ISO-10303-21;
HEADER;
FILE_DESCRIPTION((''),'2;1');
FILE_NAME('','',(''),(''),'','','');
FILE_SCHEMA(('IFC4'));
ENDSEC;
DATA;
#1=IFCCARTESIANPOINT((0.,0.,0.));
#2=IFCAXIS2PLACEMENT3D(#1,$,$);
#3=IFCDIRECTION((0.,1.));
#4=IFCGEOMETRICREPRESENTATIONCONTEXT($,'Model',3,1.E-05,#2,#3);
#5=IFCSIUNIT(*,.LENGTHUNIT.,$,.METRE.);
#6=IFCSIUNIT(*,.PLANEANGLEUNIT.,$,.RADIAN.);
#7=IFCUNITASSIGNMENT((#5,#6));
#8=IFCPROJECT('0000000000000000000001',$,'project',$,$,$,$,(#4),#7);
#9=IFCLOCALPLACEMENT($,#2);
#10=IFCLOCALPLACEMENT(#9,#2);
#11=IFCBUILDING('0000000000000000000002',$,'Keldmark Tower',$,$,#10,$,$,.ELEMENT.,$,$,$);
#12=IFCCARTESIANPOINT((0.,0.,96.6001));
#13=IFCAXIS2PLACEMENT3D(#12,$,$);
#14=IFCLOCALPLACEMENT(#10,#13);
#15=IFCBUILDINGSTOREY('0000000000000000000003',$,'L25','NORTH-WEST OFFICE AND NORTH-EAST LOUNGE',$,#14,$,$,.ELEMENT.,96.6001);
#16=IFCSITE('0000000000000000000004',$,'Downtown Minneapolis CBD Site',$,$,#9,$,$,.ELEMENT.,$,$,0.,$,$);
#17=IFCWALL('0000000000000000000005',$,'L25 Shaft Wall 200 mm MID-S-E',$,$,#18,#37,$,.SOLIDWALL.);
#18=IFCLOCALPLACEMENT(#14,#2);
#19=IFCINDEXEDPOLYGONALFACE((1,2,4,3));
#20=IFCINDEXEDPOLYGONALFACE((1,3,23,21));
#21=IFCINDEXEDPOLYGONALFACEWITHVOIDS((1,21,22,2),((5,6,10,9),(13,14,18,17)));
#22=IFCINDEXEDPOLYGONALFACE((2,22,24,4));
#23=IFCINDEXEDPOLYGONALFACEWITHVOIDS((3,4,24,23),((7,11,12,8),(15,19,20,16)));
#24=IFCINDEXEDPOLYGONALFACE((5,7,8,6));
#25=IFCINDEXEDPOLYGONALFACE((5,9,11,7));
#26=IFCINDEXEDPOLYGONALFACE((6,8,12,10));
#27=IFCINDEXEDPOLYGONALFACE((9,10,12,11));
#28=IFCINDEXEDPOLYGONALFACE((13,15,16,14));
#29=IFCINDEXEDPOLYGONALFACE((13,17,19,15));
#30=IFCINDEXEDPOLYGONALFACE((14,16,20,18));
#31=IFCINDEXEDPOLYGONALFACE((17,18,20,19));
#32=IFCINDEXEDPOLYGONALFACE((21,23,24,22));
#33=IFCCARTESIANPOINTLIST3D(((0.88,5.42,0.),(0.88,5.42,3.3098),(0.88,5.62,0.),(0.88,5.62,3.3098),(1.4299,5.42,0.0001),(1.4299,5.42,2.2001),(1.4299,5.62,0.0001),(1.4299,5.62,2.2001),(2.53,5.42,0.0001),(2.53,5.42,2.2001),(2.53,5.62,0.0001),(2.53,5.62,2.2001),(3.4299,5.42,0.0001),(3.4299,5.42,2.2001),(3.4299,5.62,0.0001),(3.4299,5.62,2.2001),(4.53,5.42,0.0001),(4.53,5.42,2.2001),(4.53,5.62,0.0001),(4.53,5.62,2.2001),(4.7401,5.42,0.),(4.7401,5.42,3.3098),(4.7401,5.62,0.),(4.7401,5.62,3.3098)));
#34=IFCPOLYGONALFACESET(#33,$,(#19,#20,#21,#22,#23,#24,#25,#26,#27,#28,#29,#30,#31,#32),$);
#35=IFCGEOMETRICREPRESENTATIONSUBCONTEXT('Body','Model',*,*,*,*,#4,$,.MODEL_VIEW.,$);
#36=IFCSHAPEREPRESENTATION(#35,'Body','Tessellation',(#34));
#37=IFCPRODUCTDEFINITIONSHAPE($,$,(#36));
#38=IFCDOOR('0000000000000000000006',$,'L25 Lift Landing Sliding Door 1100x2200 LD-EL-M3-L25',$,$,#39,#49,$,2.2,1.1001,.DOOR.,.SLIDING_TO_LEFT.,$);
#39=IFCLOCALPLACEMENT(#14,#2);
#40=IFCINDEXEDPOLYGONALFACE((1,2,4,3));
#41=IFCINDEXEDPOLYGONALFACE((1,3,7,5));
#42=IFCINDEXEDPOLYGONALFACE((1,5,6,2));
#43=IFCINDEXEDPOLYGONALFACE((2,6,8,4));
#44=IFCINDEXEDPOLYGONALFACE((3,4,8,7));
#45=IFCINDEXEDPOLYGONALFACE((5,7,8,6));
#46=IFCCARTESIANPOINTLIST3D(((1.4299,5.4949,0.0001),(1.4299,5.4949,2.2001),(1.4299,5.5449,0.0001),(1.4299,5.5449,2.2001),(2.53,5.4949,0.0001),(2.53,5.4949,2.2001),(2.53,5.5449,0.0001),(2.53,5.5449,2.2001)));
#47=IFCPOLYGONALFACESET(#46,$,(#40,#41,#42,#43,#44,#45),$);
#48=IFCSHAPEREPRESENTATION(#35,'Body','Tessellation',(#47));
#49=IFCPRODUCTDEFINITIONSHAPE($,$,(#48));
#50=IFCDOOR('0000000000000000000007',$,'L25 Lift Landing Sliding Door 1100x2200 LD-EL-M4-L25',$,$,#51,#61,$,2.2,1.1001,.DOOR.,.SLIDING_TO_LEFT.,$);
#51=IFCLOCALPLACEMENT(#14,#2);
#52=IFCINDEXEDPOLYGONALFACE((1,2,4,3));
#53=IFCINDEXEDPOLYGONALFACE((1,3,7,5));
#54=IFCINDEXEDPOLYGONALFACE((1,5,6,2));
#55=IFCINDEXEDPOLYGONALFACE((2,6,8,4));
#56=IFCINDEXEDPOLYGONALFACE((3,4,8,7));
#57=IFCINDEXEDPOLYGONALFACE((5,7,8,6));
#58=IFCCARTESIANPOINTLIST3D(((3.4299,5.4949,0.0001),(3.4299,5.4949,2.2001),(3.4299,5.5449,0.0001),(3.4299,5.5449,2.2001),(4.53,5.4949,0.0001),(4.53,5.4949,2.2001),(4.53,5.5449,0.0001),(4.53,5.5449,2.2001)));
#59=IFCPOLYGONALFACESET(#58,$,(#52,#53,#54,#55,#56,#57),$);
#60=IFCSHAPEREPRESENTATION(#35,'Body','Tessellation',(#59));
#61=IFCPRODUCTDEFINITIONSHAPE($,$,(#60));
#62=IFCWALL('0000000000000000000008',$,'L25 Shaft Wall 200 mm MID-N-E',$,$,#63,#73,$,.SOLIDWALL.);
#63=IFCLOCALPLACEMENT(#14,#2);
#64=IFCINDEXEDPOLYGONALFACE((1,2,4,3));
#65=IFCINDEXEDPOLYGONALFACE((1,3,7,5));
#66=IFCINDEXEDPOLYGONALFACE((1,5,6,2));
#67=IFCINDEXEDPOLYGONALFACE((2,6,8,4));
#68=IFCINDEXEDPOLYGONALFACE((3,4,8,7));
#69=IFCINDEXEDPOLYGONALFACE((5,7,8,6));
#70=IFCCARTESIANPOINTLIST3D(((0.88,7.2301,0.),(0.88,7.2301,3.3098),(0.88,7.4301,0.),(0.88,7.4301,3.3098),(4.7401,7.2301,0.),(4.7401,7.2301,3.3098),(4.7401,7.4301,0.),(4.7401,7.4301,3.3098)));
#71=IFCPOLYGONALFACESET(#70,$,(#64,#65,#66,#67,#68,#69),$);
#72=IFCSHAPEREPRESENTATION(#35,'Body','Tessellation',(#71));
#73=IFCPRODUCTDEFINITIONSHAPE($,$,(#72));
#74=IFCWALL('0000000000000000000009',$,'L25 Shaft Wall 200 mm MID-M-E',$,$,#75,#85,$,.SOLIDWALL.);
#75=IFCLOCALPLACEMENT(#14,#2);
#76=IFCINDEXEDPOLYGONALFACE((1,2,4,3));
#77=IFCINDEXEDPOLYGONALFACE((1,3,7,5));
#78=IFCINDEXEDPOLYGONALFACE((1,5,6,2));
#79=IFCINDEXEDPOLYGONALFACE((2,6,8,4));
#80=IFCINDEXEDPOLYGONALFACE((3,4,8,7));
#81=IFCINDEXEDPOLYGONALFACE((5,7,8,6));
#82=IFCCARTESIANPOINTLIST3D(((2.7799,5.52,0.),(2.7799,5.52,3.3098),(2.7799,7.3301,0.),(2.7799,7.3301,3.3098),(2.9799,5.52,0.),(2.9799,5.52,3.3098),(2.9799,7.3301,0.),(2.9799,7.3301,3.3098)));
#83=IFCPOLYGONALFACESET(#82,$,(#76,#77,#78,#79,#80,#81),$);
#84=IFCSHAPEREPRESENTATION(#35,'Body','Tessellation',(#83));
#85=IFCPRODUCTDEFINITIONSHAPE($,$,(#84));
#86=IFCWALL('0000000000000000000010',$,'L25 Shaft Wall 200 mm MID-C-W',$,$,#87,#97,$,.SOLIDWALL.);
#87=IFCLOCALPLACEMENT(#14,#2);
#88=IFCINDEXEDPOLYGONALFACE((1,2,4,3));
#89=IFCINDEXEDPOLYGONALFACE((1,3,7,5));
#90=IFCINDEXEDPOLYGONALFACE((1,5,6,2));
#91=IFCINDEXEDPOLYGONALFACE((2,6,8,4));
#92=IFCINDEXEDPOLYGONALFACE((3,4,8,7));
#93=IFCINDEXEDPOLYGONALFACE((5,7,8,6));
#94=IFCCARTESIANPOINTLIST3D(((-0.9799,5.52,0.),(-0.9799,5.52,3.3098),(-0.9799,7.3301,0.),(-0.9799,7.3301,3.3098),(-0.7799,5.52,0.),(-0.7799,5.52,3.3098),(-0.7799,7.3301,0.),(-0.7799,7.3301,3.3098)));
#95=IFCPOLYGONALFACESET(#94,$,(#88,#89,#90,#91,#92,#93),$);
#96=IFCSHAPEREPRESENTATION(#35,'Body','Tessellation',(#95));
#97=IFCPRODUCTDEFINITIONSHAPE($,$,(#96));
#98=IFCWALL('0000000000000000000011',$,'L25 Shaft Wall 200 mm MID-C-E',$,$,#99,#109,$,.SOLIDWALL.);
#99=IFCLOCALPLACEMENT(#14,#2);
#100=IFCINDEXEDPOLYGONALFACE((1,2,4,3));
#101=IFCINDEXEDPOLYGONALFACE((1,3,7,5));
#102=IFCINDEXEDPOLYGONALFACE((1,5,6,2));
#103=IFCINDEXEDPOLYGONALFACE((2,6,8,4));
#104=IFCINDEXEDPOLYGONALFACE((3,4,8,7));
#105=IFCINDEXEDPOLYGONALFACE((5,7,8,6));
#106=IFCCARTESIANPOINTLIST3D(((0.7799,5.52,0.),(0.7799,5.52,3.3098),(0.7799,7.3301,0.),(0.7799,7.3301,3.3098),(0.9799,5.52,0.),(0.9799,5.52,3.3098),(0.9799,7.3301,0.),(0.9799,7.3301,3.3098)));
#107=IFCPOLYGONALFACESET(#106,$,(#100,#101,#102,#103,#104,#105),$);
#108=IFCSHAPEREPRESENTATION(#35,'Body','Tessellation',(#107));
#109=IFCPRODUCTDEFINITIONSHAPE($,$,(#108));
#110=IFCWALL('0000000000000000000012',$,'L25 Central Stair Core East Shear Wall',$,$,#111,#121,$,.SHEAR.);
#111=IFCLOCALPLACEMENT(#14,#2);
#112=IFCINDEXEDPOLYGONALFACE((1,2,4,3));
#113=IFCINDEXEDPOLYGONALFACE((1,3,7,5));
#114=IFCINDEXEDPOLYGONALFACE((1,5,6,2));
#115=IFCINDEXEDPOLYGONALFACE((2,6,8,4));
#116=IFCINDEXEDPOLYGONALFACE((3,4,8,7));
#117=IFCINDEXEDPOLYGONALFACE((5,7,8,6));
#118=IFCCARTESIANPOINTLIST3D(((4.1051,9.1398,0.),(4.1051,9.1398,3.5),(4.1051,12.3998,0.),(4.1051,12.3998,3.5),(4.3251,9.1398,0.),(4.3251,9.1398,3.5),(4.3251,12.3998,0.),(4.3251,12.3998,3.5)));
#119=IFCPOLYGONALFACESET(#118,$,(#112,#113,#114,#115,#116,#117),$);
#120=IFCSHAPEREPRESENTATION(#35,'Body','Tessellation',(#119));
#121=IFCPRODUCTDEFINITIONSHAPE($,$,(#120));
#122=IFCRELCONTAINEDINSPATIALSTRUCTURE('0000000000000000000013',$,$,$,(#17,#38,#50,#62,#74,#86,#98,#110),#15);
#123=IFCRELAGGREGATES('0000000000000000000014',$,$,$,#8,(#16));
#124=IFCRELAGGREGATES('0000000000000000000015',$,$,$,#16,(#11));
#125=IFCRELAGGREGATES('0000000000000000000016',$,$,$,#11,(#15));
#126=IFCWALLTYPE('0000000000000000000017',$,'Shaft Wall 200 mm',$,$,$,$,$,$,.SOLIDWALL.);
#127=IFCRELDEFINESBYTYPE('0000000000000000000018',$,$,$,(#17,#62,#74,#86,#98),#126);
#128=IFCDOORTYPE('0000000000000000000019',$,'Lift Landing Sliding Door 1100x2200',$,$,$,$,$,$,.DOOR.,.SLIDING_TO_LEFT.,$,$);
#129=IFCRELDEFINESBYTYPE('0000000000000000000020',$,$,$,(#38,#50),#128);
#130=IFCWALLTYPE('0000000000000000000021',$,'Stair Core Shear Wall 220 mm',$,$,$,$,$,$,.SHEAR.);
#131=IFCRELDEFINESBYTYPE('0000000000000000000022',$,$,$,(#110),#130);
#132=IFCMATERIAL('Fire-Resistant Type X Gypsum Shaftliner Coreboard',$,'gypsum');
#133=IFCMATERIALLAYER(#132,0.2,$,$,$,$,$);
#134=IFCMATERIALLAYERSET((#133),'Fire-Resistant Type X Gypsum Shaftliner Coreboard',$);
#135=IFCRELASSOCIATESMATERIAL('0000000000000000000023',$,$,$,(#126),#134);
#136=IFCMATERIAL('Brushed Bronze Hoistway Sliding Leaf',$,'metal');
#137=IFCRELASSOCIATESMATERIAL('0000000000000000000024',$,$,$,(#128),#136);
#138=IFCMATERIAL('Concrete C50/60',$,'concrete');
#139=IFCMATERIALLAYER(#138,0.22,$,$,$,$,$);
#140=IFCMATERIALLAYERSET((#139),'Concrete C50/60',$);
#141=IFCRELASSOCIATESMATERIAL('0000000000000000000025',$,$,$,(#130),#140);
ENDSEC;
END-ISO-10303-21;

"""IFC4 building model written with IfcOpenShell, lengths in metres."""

from ifc_helpers import new_model, si_unit, direction, frame, frame_2d, origin, place, context, subcontext, project, spatial, rectangle, extrude, material, layer, layer_set, type_object, element, fill, save


model = new_model("IFC4")

# Units and contexts
model_context = context("Model", 3, precision=1e-05, world=origin(), true_north=direction((0.0, 1.0)))
body_context = subcontext(model_context, "Body", "Model", "MODEL_VIEW")
ifc_project = project(units=[si_unit("LENGTHUNIT", "METRE"), si_unit("PLANEANGLEUNIT", "RADIAN")], contexts=[model_context])

# Site, building, storey
site_placement = place(None, origin())
site = spatial("IfcSite", under=ifc_project, at=site_placement, Name="Downtown Minneapolis CBD Site", CompositionType="ELEMENT", RefElevation=0.0)
building_placement = place(site_placement, origin())
building = spatial("IfcBuilding", under=site, at=building_placement, Name="Keldmark Tower", CompositionType="ELEMENT")
storey_placement = place(building_placement, frame((0.0, 0.0, 96.6001)))
storey = spatial("IfcBuildingStorey", under=building, at=storey_placement, Name="L25", Description="NORTH-WEST OFFICE AND NORTH-EAST LOUNGE", CompositionType="ELEMENT", Elevation=96.6001)

# Wall, openings, doors
ifc_material_1 = material(Name="Fire-Resistant Type X Gypsum Shaftliner Coreboard", Category="gypsum")
ifc_layer_1 = layer(ifc_material_1, 0.2)
ifc_layer_set_1 = layer_set([ifc_layer_1], Name="Fire-Resistant Type X Gypsum Shaftliner Coreboard")
wall_type_1 = type_object("IfcWallType", Name="Shaft Wall 200 mm", PredefinedType="SOLIDWALL", material=ifc_layer_set_1)
wall_1_placement = place(storey_placement, frame((0.8799, 5.52, 0.0), z_axis=(0.0, 0.0, 1.0), x_axis=(1.0, 0.0, 0.0)))
wall_1 = element("IfcWall", 1, at=wall_1_placement, inside=storey, type_object=wall_type_1, Name="L25 Shaft Wall 200 mm MID-S-E", PredefinedType="SOLIDWALL", context=body_context, shape_type="SweptSolid", body=[
    extrude(rectangle(XDim=3.8601, YDim=0.2, at=frame_2d((1.9302, 0.0))), origin(), (0.0, 0.0, 1.0), 3.3098),
])
opening_1_placement = place(wall_1_placement, frame((0.55, 0.0, 0.0)))
opening_1 = element("IfcOpeningElement", 2, at=opening_1_placement, cuts=wall_1, PredefinedType="OPENING", context=body_context, shape_type="SweptSolid", body=[
    extrude(rectangle(XDim=1.1001, YDim=2.2, at=frame_2d((0.55, 1.1001))), frame((0.0, 0.1099, 0.0), z_axis=(0.0, -1.0, 0.0), x_axis=(1.0, 0.0, 0.0)), (0.0, 0.0, 1.0), 0.22),
])
opening_2_placement = place(wall_1_placement, frame((2.55, 0.0, 0.0)))
opening_2 = element("IfcOpeningElement", 3, at=opening_2_placement, cuts=wall_1, PredefinedType="OPENING", context=body_context, shape_type="SweptSolid", body=[
    extrude(rectangle(XDim=1.1001, YDim=2.2, at=frame_2d((0.55, 1.1001))), frame((0.0, 0.1099, 0.0), z_axis=(0.0, -1.0, 0.0), x_axis=(1.0, 0.0, 0.0)), (0.0, 0.0, 1.0), 0.22),
])
ifc_material_2 = material(Name="Brushed Bronze Hoistway Sliding Leaf", Category="metal")
door_type_1 = type_object("IfcDoorType", Name="Lift Landing Sliding Door 1100x2200", OperationType="SLIDING_TO_LEFT", PredefinedType="DOOR", material=ifc_material_2)
door_1_placement = place(opening_1_placement, origin())
door_1 = element("IfcDoor", 4, at=door_1_placement, inside=storey, type_object=door_type_1, Name="L25 Lift Landing Sliding Door 1100x2200 LD-EL-M3-L25", OperationType="SLIDING_TO_LEFT", OverallHeight=2.2, OverallWidth=1.1001, PredefinedType="DOOR", context=body_context, shape_type="SweptSolid", body=[
    extrude(rectangle(XDim=1.1001, YDim=2.2, at=frame_2d((0.55, 1.1001))), frame((0.0, 0.0249, 0.0), z_axis=(0.0, -1.0, 0.0), x_axis=(1.0, 0.0, 0.0)), (0.0, 0.0, 1.0), 0.05),
])
fill(opening_1, door_1)
door_2_placement = place(opening_2_placement, origin())
door_2 = element("IfcDoor", 5, at=door_2_placement, inside=storey, type_object=door_type_1, Name="L25 Lift Landing Sliding Door 1100x2200 LD-EL-M4-L25", OperationType="SLIDING_TO_LEFT", OverallHeight=2.2, OverallWidth=1.1001, PredefinedType="DOOR", context=body_context, shape_type="SweptSolid", body=[
    extrude(rectangle(XDim=1.1001, YDim=2.2, at=frame_2d((0.55, 1.1001))), frame((0.0, 0.0249, 0.0), z_axis=(0.0, -1.0, 0.0), x_axis=(1.0, 0.0, 0.0)), (0.0, 0.0, 1.0), 0.05),
])
fill(opening_2, door_2)

# Walls
wall_2_placement = place(storey_placement, frame((0.8799, 7.3301, 0.0), z_axis=(0.0, 0.0, 1.0), x_axis=(1.0, 0.0, 0.0)))
element("IfcWall", 6, at=wall_2_placement, inside=storey, type_object=wall_type_1, Name="L25 Shaft Wall 200 mm MID-N-E", PredefinedType="SOLIDWALL", context=body_context, shape_type="SweptSolid", body=[
    extrude(rectangle(XDim=3.8601, YDim=0.2, at=frame_2d((1.9302, 0.0))), origin(), (0.0, 0.0, 1.0), 3.3098),
])
for number, where, z_axis, x_axis, name in (
    (7, (2.8799, 5.52, 0.0), (0.0, 0.0, 1.0), (0.0, 1.0, 0.0), "L25 Shaft Wall 200 mm MID-M-E"),
    (8, (-0.8799, 5.52, 0.0), (0.0, 0.0, 1.0), (0.0, 1.0, 0.0), "L25 Shaft Wall 200 mm MID-C-W"),
    (9, (0.8799, 5.52, 0.0), (0.0, 0.0, 1.0), (0.0, 1.0, 0.0), "L25 Shaft Wall 200 mm MID-C-E"),
):
    element("IfcWall", number, at=place(storey_placement, frame(where, z_axis=z_axis, x_axis=x_axis)), inside=storey, type_object=wall_type_1, Name=name, PredefinedType="SOLIDWALL", context=body_context, shape_type="SweptSolid", body=[
        extrude(rectangle(XDim=1.8101, YDim=0.2, at=frame_2d((0.905, 0.0))), origin(), (0.0, 0.0, 1.0), 3.3098),
    ])
ifc_material_3 = material(Name="Concrete C50/60", Category="concrete")
ifc_layer_2 = layer(ifc_material_3, 0.22)
ifc_layer_set_2 = layer_set([ifc_layer_2], Name="Concrete C50/60")
wall_type_2 = type_object("IfcWallType", Name="Stair Core Shear Wall 220 mm", PredefinedType="SHEAR", material=ifc_layer_set_2)
wall_3_placement = place(storey_placement, frame((4.2151, 9.1399, 0.0), z_axis=(0.0, 0.0, 1.0), x_axis=(0.0, 1.0, 0.0)))
element("IfcWall", 10, at=wall_3_placement, inside=storey, type_object=wall_type_2, Name="L25 Central Stair Core East Shear Wall", PredefinedType="SHEAR", context=body_context, shape_type="SweptSolid", body=[
    extrude(rectangle(XDim=3.26, YDim=0.22, at=frame_2d((1.6299, 0.0))), origin(), (0.0, 0.0, 1.0), 3.5),
])

save(model, "model.ifc")
